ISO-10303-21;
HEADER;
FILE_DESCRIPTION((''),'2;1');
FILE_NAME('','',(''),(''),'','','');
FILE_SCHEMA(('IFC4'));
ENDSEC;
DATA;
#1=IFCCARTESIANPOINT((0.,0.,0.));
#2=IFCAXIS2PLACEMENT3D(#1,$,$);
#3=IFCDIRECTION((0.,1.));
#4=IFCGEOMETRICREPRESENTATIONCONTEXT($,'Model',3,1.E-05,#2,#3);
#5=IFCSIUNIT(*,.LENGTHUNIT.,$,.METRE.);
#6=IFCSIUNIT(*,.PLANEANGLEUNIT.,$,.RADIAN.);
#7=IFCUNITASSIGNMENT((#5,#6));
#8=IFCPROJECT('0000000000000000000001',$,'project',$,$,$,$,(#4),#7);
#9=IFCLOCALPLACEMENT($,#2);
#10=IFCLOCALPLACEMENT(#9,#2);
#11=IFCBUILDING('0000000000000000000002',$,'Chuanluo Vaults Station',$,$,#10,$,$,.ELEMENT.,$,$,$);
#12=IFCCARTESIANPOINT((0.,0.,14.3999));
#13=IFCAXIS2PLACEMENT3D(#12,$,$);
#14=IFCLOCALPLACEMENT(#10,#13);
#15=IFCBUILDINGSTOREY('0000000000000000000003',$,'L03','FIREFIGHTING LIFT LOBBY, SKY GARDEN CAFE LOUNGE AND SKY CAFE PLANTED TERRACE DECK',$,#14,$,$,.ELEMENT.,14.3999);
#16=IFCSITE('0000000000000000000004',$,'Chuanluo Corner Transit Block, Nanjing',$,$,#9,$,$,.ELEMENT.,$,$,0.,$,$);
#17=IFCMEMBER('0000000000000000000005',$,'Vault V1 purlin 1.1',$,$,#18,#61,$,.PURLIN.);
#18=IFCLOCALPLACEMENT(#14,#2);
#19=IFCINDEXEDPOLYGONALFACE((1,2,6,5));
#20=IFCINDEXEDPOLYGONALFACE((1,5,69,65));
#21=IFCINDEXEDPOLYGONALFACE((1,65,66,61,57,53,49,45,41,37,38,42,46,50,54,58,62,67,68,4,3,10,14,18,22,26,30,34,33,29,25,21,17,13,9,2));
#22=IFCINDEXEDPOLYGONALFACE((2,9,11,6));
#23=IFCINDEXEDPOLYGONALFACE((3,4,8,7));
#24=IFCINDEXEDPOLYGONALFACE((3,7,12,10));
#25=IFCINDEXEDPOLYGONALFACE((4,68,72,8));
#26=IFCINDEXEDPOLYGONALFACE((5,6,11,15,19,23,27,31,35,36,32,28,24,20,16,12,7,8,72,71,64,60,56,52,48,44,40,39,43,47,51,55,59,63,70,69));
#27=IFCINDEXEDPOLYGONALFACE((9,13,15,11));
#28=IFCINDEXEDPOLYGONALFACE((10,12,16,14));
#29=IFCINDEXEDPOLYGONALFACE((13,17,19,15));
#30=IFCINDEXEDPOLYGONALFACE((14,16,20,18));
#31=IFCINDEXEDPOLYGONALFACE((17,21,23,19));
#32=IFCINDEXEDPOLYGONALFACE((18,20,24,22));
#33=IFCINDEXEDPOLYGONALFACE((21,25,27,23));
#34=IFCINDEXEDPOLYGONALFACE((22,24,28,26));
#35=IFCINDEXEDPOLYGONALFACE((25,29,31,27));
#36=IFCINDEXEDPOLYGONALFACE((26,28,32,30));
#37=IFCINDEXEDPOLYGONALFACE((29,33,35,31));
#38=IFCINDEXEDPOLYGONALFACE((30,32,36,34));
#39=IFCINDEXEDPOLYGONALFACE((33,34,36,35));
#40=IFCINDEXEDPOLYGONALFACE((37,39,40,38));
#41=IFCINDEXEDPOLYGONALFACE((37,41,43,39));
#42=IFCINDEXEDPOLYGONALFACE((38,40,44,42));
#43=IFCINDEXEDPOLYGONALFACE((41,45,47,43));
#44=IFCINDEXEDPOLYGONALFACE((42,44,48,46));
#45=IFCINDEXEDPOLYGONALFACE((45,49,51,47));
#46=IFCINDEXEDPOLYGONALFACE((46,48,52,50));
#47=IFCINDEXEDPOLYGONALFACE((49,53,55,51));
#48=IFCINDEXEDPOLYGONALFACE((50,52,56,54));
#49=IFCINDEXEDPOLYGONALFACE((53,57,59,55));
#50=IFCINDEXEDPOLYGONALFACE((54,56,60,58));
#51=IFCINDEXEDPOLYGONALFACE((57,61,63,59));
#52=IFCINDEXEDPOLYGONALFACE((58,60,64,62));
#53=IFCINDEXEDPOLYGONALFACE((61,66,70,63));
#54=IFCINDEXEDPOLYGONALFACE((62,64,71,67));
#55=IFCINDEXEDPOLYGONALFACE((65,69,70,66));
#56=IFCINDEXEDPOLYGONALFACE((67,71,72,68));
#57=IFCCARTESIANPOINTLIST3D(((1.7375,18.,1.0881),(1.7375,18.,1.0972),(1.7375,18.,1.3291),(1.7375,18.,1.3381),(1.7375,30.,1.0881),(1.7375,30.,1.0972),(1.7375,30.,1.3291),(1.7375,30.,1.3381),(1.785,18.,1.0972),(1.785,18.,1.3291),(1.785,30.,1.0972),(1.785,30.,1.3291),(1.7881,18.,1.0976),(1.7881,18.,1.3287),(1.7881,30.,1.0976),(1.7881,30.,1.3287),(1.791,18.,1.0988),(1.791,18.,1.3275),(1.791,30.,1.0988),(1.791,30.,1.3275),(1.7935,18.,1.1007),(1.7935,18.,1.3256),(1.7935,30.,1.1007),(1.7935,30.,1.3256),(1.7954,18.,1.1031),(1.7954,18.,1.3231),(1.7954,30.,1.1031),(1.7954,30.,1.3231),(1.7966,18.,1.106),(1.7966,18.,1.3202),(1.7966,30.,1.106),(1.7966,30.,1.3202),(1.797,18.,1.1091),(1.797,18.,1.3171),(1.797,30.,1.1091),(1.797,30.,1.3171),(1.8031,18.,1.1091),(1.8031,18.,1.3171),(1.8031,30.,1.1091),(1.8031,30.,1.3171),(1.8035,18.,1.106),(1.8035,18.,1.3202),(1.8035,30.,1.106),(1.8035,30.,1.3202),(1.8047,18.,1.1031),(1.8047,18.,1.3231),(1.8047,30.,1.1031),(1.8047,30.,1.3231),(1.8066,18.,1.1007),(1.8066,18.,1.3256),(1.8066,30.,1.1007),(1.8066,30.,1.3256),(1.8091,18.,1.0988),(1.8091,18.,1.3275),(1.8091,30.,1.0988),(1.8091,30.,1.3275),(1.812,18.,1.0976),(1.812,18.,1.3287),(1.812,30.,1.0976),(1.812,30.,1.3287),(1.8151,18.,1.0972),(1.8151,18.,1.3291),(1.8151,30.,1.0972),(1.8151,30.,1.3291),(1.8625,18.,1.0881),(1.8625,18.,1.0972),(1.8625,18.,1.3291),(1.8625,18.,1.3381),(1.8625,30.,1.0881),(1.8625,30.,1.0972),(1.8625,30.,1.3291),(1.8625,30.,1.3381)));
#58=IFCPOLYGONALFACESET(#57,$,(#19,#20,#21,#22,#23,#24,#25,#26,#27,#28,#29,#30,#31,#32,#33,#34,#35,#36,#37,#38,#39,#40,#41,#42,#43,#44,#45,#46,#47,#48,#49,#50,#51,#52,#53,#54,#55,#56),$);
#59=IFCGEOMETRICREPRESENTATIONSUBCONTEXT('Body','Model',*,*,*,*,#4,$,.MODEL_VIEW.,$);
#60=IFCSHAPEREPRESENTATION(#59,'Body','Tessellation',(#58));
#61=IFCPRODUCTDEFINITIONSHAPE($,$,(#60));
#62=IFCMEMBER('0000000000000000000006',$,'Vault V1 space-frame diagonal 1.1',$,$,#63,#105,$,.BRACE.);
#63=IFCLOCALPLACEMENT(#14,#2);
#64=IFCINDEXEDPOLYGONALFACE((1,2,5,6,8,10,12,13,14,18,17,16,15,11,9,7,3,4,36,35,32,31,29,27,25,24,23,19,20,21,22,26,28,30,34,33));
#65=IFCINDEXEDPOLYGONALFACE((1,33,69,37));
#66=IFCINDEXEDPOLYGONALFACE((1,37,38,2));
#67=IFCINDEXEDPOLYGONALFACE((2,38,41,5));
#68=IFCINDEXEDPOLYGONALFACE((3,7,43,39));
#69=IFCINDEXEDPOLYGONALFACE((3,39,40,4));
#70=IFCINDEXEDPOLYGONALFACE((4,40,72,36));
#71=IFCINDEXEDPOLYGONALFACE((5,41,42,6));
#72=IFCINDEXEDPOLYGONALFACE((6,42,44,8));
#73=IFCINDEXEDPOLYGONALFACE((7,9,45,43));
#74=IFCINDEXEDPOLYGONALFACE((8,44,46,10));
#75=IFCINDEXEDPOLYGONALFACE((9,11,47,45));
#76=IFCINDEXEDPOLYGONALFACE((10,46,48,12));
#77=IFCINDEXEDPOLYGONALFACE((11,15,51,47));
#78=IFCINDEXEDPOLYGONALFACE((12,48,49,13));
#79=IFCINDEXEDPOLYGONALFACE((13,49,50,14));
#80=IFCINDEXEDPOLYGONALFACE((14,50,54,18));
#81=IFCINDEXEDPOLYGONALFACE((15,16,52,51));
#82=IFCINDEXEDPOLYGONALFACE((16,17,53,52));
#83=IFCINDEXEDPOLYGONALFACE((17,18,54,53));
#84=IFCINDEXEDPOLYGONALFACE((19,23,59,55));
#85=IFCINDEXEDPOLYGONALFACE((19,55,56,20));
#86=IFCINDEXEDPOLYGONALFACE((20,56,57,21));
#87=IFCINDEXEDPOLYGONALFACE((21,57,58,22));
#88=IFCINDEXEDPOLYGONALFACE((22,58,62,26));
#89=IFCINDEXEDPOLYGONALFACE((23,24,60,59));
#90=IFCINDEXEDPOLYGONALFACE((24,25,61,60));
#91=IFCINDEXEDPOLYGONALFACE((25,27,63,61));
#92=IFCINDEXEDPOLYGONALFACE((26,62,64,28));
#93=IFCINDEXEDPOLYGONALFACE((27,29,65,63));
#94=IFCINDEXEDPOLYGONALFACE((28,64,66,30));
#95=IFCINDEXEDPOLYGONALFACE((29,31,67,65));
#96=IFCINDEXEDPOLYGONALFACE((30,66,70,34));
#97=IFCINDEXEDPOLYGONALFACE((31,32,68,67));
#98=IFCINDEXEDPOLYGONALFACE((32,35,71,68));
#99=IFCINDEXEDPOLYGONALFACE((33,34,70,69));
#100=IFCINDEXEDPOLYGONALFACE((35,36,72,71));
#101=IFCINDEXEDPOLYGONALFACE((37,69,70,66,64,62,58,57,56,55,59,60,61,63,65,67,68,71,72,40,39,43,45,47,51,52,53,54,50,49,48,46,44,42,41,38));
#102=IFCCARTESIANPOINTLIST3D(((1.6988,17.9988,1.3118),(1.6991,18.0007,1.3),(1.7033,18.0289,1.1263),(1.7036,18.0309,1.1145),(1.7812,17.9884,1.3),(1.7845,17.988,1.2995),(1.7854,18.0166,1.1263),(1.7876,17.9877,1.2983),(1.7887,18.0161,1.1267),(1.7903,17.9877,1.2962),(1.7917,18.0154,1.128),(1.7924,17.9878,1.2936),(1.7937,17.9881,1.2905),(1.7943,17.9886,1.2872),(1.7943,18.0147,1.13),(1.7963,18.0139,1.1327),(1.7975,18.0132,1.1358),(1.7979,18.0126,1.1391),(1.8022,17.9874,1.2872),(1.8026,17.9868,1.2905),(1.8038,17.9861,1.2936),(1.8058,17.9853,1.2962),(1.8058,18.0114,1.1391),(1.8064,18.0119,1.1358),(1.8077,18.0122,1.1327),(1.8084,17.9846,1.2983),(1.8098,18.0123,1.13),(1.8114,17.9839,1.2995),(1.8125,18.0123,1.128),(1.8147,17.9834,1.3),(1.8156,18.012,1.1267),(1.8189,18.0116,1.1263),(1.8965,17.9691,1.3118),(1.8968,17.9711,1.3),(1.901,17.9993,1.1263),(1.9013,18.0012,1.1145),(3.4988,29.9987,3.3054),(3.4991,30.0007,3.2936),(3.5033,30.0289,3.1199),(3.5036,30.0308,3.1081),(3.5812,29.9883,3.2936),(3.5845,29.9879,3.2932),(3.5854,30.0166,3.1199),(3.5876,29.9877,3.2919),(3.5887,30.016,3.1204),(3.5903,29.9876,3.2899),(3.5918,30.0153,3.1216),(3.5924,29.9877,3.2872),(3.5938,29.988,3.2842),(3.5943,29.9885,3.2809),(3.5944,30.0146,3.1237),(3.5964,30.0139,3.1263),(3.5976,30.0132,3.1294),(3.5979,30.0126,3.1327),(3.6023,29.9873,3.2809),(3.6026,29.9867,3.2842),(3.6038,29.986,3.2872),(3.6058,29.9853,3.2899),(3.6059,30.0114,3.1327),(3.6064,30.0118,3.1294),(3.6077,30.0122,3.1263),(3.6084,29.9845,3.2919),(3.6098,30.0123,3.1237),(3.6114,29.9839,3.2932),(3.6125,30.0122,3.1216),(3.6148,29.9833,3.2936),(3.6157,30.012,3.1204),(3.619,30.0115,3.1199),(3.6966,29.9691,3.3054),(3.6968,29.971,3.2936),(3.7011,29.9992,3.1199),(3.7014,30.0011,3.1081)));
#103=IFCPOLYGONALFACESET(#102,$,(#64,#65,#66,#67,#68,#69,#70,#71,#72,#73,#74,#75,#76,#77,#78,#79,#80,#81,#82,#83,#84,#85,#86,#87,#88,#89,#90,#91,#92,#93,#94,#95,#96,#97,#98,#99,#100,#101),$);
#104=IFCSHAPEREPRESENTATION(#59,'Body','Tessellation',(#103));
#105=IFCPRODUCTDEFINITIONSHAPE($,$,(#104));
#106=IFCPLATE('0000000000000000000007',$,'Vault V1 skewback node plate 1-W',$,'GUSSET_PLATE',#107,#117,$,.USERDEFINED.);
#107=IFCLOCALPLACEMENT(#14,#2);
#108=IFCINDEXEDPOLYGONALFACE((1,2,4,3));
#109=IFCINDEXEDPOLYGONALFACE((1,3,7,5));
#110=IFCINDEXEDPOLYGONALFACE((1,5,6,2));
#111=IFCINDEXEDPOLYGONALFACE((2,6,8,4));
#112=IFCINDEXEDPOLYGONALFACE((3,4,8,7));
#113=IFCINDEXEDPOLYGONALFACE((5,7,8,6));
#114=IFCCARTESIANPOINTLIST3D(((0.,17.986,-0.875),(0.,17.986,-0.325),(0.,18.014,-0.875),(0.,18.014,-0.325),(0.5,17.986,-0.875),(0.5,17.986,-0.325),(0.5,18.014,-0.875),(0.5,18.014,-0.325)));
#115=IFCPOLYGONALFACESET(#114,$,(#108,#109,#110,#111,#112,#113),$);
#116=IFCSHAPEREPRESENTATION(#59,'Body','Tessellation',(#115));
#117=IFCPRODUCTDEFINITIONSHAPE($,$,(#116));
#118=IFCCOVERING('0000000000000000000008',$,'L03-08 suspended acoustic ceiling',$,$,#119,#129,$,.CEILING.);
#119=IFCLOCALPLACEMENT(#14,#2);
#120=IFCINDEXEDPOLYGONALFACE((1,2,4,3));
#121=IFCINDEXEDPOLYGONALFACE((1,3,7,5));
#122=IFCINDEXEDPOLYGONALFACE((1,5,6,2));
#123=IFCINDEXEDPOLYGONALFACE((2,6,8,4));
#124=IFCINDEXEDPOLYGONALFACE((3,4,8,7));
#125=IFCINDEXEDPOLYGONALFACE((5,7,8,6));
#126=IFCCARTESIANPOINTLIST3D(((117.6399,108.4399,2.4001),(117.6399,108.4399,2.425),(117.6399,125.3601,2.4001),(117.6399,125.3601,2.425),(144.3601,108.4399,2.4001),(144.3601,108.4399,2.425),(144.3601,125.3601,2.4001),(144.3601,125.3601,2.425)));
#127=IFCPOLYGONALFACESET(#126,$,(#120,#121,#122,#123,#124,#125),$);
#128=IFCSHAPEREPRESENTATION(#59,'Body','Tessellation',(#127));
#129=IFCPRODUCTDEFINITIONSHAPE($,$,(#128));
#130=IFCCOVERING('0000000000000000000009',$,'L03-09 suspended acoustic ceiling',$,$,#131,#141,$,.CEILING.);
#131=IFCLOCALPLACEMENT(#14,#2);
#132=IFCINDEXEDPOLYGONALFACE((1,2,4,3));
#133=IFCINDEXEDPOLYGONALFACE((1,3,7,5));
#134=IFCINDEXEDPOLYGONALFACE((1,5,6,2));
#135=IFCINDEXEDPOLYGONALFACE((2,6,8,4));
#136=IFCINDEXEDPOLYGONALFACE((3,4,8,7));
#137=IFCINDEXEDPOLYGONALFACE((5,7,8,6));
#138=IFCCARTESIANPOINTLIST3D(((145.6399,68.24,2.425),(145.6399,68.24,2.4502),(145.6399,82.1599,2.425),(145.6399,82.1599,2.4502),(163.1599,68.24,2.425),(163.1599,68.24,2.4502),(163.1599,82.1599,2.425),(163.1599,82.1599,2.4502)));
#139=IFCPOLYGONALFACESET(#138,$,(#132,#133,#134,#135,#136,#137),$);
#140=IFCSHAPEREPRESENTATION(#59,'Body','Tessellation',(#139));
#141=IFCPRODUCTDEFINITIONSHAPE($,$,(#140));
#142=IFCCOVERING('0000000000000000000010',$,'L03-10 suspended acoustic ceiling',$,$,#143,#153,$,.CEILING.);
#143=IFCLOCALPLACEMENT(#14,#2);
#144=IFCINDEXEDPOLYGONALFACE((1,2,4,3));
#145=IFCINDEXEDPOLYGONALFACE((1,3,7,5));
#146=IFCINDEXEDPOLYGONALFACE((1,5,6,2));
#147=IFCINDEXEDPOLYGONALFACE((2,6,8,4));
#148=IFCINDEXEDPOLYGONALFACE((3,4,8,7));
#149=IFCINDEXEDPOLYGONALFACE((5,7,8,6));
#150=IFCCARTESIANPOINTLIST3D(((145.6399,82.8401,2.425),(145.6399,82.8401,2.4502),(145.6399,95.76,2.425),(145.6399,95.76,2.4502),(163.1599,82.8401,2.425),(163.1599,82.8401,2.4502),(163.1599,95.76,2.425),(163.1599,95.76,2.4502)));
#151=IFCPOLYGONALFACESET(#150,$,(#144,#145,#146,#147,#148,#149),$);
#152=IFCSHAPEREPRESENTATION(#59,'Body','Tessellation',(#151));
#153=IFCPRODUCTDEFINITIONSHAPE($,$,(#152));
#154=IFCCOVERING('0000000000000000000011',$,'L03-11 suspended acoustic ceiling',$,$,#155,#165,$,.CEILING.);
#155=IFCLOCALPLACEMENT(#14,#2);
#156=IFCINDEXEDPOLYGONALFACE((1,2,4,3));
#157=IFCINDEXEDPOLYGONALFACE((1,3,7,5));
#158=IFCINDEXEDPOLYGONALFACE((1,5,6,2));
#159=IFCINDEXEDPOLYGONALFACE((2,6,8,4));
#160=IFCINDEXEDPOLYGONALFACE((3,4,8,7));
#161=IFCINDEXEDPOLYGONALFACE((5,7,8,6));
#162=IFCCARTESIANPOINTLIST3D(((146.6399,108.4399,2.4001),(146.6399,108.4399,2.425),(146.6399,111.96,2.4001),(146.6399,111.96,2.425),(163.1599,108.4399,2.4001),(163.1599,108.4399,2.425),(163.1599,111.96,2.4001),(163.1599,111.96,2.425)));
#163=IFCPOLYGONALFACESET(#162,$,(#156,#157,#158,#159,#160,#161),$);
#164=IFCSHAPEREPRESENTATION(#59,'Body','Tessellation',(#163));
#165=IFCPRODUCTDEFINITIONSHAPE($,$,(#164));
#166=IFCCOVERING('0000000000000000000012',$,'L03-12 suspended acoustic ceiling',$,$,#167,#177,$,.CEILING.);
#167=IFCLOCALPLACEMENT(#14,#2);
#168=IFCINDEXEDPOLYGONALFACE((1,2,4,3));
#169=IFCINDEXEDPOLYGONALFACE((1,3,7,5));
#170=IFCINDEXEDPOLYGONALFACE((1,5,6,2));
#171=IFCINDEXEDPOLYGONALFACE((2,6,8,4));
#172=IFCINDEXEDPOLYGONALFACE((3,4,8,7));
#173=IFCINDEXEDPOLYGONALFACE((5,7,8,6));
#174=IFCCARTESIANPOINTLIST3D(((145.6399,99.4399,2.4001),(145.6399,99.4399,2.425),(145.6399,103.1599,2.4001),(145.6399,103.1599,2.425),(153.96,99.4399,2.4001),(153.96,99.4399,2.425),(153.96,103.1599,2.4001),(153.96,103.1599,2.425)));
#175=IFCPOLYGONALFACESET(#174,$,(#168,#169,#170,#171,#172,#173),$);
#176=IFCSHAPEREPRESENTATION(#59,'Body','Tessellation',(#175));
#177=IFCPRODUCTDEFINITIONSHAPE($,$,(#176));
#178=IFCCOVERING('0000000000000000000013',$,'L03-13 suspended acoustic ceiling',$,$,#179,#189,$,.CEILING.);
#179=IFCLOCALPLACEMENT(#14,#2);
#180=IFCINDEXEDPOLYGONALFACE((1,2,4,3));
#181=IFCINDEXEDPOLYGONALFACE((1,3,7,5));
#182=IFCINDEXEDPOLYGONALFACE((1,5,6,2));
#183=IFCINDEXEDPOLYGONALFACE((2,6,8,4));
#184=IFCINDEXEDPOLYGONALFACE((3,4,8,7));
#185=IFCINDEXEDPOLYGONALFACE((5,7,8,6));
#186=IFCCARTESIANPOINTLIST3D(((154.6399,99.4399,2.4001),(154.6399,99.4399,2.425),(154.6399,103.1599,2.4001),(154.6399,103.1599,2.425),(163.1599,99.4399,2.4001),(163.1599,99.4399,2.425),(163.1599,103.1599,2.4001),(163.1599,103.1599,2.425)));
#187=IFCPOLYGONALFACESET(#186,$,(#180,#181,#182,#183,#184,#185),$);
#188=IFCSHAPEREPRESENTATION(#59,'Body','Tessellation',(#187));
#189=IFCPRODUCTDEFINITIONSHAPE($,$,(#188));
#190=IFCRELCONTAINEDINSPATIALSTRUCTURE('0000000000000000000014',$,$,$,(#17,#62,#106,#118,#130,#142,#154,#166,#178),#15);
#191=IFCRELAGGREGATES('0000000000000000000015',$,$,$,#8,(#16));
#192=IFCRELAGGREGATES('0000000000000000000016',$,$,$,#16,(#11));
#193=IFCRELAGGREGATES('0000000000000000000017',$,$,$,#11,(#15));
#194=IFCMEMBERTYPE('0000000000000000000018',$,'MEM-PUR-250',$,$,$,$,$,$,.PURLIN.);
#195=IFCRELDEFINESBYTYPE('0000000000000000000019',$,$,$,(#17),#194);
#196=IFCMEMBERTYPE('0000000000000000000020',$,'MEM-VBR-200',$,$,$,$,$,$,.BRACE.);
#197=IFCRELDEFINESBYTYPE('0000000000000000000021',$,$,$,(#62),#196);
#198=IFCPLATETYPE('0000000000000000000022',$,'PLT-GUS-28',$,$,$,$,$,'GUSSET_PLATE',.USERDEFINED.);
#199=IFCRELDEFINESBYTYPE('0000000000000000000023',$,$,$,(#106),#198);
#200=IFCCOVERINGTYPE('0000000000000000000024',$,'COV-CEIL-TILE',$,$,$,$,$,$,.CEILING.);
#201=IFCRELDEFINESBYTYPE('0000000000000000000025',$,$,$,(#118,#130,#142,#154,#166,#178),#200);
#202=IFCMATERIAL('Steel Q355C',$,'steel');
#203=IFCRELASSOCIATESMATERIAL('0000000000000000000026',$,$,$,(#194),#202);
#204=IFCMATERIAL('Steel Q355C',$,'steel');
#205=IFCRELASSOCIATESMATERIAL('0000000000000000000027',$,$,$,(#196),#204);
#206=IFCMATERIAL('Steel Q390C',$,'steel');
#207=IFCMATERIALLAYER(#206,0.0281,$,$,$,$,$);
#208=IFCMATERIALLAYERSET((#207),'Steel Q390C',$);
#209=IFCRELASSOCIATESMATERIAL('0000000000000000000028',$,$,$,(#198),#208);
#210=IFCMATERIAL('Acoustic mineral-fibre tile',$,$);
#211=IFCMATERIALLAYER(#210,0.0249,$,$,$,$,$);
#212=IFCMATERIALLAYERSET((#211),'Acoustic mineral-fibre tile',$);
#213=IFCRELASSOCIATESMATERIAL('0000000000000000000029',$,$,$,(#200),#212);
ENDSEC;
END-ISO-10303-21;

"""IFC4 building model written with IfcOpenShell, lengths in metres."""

from ifc_helpers import new_model, si_unit, direction, frame, origin, origin_2d, place, context, subcontext, project, spatial, polyline, rectangle, i_section, outline, extrude, material, layer, layer_set, material_profile, profile_set, type_object, element, save


model = new_model("IFC4")

# Units and contexts
model_context = context("Model", 3, precision=1e-05, world=origin(), true_north=direction((0.0, 1.0)))
body_context = subcontext(model_context, "Body", "Model", "MODEL_VIEW")
ifc_project = project(units=[si_unit("LENGTHUNIT", "METRE"), si_unit("PLANEANGLEUNIT", "RADIAN")], contexts=[model_context])

# Site, building, storey
site_placement = place(None, origin())
site = spatial("IfcSite", under=ifc_project, at=site_placement, Name="Chuanluo Corner Transit Block, Nanjing", CompositionType="ELEMENT", RefElevation=0.0)
building_placement = place(site_placement, origin())
building = spatial("IfcBuilding", under=site, at=building_placement, Name="Chuanluo Vaults Station", CompositionType="ELEMENT")
storey_placement = place(building_placement, frame((0.0, 0.0, 14.3999)))
storey = spatial("IfcBuildingStorey", under=building, at=storey_placement, Name="L03", Description="FIREFIGHTING LIFT LOBBY, SKY GARDEN CAFE LOUNGE AND SKY CAFE PLANTED TERRACE DECK", CompositionType="ELEMENT", Elevation=14.3999)

# Members
ifc_material_1 = material(Name="Steel Q355C", Category="steel")
ifc_material_profile_1 = material_profile(ifc_material_1, i_section(OverallWidth=0.125, OverallDepth=0.25, WebThickness=0.0061, FlangeThickness=0.009, FilletRadius=0.012, at=origin_2d()))
ifc_profile_set_1 = profile_set([ifc_material_profile_1], Name="Steel Q355C")
member_type_1 = type_object("IfcMemberType", Name="MEM-PUR-250", PredefinedType="PURLIN", material=ifc_profile_set_1)
member_1_placement = place(storey_placement, frame((1.8, 18.0, 1.2131), z_axis=(0.0, 1.0, 0.0), x_axis=(-1.0, 0.0, 0.0)))
element("IfcMember", 1, at=member_1_placement, inside=storey, type_object=member_type_1, Name="Vault V1 purlin 1.1", PredefinedType="PURLIN", context=body_context, shape_type="SweptSolid", body=[
    extrude(i_section(OverallWidth=0.125, OverallDepth=0.25, WebThickness=0.0061, FlangeThickness=0.009, FilletRadius=0.012, at=origin_2d()), origin(), (0.0, 0.0, 1.0), 12.0),
])
ifc_material_2 = material(Name="Steel Q355C", Category="steel")
ifc_material_profile_2 = material_profile(ifc_material_2, i_section(OverallWidth=0.2, OverallDepth=0.2, WebThickness=0.0081, FlangeThickness=0.012, FilletRadius=0.0129, at=origin_2d()))
ifc_profile_set_2 = profile_set([ifc_material_profile_2], Name="Steel Q355C")
member_type_2 = type_object("IfcMemberType", Name="MEM-VBR-200", PredefinedType="BRACE", material=ifc_profile_set_2)
member_2_placement = place(storey_placement, frame((1.8, 18.0, 1.2131), z_axis=(0.146382, 0.975852, 0.162126), x_axis=(-0.988936, 0.148344, 0.0)))
element("IfcMember", 2, at=member_2_placement, inside=storey, type_object=member_type_2, Name="Vault V1 space-frame diagonal 1.1", PredefinedType="BRACE", context=body_context, shape_type="SweptSolid", body=[
    extrude(i_section(OverallWidth=0.2, OverallDepth=0.2, WebThickness=0.0081, FlangeThickness=0.012, FilletRadius=0.0129, at=origin_2d()), origin(), (0.0, 0.0, 1.0), 12.2969),
])

# Plate
ifc_material_3 = material(Name="Steel Q390C", Category="steel")
ifc_layer_1 = layer(ifc_material_3, 0.0281)
ifc_layer_set_1 = layer_set([ifc_layer_1], Name="Steel Q390C")
plate_type = type_object("IfcPlateType", Name="PLT-GUS-28", ElementType="GUSSET_PLATE", PredefinedType="USERDEFINED", material=ifc_layer_set_1)
plate_placement = place(storey_placement, frame((0.25, 18.0, -0.875), z_axis=(0.0, 0.0, 1.0), x_axis=(1.0, 0.0, 0.0)))
element("IfcPlate", 3, at=plate_placement, inside=storey, type_object=plate_type, Name="Vault V1 skewback node plate 1-W", ObjectType="GUSSET_PLATE", PredefinedType="USERDEFINED", context=body_context, shape_type="SweptSolid", body=[
    extrude(rectangle(XDim=0.5, YDim=0.0281, at=origin_2d()), origin(), (0.0, 0.0, 1.0), 0.55),
])

# Coverings
ifc_material_4 = material(Name="Acoustic mineral-fibre tile")
ifc_layer_2 = layer(ifc_material_4, 0.0249)
ifc_layer_set_2 = layer_set([ifc_layer_2], Name="Acoustic mineral-fibre tile")
covering_type = type_object("IfcCoveringType", Name="COV-CEIL-TILE", PredefinedType="CEILING", material=ifc_layer_set_2)
covering_1_placement = place(storey_placement, frame((0.0, 0.0, 2.4001)))
element("IfcCovering", 4, at=covering_1_placement, inside=storey, type_object=covering_type, Name="L03-08 suspended acoustic ceiling", PredefinedType="CEILING", context=body_context, shape_type="SweptSolid", body=[
    extrude(outline(polyline([(117.6399, 108.4399), (144.3601, 108.4399), (144.3601, 125.3601), (117.6399, 125.3601), (117.6399, 108.4399)])), origin(), (0.0, 0.0, 1.0), 0.0249),
])
covering_2_placement = place(storey_placement, frame((0.0, 0.0, 2.425)))
element("IfcCovering", 5, at=covering_2_placement, inside=storey, type_object=covering_type, Name="L03-09 suspended acoustic ceiling", PredefinedType="CEILING", context=body_context, shape_type="SweptSolid", body=[
    extrude(outline(polyline([(145.6399, 68.24), (163.1599, 68.24), (163.1599, 82.1599), (145.6399, 82.1599), (145.6399, 68.24)])), origin(), (0.0, 0.0, 1.0), 0.0251),
])
covering_3_placement = place(storey_placement, frame((0.0, 0.0, 2.425)))
element("IfcCovering", 6, at=covering_3_placement, inside=storey, type_object=covering_type, Name="L03-10 suspended acoustic ceiling", PredefinedType="CEILING", context=body_context, shape_type="SweptSolid", body=[
    extrude(outline(polyline([(145.6399, 82.8401), (163.1599, 82.8401), (163.1599, 95.76), (145.6399, 95.76), (145.6399, 82.8401)])), origin(), (0.0, 0.0, 1.0), 0.0251),
])
covering_4_placement = place(storey_placement, frame((0.0, 0.0, 2.4001)))
element("IfcCovering", 7, at=covering_4_placement, inside=storey, type_object=covering_type, Name="L03-11 suspended acoustic ceiling", PredefinedType="CEILING", context=body_context, shape_type="SweptSolid", body=[
    extrude(outline(polyline([(146.6399, 108.4399), (163.1599, 108.4399), (163.1599, 111.96), (146.6399, 111.96), (146.6399, 108.4399)])), origin(), (0.0, 0.0, 1.0), 0.0249),
])
covering_5_placement = place(storey_placement, frame((0.0, 0.0, 2.4001)))
element("IfcCovering", 8, at=covering_5_placement, inside=storey, type_object=covering_type, Name="L03-12 suspended acoustic ceiling", PredefinedType="CEILING", context=body_context, shape_type="SweptSolid", body=[
    extrude(outline(polyline([(145.6399, 99.4399), (153.96, 99.4399), (153.96, 103.1599), (145.6399, 103.1599), (145.6399, 99.4399)])), origin(), (0.0, 0.0, 1.0), 0.0249),
])
covering_6_placement = place(storey_placement, frame((0.0, 0.0, 2.4001)))
element("IfcCovering", 9, at=covering_6_placement, inside=storey, type_object=covering_type, Name="L03-13 suspended acoustic ceiling", PredefinedType="CEILING", context=body_context, shape_type="SweptSolid", body=[
    extrude(outline(polyline([(154.6399, 99.4399), (163.1599, 99.4399), (163.1599, 103.1599), (154.6399, 103.1599), (154.6399, 99.4399)])), origin(), (0.0, 0.0, 1.0), 0.0249),
])

save(model, "model.ifc")
